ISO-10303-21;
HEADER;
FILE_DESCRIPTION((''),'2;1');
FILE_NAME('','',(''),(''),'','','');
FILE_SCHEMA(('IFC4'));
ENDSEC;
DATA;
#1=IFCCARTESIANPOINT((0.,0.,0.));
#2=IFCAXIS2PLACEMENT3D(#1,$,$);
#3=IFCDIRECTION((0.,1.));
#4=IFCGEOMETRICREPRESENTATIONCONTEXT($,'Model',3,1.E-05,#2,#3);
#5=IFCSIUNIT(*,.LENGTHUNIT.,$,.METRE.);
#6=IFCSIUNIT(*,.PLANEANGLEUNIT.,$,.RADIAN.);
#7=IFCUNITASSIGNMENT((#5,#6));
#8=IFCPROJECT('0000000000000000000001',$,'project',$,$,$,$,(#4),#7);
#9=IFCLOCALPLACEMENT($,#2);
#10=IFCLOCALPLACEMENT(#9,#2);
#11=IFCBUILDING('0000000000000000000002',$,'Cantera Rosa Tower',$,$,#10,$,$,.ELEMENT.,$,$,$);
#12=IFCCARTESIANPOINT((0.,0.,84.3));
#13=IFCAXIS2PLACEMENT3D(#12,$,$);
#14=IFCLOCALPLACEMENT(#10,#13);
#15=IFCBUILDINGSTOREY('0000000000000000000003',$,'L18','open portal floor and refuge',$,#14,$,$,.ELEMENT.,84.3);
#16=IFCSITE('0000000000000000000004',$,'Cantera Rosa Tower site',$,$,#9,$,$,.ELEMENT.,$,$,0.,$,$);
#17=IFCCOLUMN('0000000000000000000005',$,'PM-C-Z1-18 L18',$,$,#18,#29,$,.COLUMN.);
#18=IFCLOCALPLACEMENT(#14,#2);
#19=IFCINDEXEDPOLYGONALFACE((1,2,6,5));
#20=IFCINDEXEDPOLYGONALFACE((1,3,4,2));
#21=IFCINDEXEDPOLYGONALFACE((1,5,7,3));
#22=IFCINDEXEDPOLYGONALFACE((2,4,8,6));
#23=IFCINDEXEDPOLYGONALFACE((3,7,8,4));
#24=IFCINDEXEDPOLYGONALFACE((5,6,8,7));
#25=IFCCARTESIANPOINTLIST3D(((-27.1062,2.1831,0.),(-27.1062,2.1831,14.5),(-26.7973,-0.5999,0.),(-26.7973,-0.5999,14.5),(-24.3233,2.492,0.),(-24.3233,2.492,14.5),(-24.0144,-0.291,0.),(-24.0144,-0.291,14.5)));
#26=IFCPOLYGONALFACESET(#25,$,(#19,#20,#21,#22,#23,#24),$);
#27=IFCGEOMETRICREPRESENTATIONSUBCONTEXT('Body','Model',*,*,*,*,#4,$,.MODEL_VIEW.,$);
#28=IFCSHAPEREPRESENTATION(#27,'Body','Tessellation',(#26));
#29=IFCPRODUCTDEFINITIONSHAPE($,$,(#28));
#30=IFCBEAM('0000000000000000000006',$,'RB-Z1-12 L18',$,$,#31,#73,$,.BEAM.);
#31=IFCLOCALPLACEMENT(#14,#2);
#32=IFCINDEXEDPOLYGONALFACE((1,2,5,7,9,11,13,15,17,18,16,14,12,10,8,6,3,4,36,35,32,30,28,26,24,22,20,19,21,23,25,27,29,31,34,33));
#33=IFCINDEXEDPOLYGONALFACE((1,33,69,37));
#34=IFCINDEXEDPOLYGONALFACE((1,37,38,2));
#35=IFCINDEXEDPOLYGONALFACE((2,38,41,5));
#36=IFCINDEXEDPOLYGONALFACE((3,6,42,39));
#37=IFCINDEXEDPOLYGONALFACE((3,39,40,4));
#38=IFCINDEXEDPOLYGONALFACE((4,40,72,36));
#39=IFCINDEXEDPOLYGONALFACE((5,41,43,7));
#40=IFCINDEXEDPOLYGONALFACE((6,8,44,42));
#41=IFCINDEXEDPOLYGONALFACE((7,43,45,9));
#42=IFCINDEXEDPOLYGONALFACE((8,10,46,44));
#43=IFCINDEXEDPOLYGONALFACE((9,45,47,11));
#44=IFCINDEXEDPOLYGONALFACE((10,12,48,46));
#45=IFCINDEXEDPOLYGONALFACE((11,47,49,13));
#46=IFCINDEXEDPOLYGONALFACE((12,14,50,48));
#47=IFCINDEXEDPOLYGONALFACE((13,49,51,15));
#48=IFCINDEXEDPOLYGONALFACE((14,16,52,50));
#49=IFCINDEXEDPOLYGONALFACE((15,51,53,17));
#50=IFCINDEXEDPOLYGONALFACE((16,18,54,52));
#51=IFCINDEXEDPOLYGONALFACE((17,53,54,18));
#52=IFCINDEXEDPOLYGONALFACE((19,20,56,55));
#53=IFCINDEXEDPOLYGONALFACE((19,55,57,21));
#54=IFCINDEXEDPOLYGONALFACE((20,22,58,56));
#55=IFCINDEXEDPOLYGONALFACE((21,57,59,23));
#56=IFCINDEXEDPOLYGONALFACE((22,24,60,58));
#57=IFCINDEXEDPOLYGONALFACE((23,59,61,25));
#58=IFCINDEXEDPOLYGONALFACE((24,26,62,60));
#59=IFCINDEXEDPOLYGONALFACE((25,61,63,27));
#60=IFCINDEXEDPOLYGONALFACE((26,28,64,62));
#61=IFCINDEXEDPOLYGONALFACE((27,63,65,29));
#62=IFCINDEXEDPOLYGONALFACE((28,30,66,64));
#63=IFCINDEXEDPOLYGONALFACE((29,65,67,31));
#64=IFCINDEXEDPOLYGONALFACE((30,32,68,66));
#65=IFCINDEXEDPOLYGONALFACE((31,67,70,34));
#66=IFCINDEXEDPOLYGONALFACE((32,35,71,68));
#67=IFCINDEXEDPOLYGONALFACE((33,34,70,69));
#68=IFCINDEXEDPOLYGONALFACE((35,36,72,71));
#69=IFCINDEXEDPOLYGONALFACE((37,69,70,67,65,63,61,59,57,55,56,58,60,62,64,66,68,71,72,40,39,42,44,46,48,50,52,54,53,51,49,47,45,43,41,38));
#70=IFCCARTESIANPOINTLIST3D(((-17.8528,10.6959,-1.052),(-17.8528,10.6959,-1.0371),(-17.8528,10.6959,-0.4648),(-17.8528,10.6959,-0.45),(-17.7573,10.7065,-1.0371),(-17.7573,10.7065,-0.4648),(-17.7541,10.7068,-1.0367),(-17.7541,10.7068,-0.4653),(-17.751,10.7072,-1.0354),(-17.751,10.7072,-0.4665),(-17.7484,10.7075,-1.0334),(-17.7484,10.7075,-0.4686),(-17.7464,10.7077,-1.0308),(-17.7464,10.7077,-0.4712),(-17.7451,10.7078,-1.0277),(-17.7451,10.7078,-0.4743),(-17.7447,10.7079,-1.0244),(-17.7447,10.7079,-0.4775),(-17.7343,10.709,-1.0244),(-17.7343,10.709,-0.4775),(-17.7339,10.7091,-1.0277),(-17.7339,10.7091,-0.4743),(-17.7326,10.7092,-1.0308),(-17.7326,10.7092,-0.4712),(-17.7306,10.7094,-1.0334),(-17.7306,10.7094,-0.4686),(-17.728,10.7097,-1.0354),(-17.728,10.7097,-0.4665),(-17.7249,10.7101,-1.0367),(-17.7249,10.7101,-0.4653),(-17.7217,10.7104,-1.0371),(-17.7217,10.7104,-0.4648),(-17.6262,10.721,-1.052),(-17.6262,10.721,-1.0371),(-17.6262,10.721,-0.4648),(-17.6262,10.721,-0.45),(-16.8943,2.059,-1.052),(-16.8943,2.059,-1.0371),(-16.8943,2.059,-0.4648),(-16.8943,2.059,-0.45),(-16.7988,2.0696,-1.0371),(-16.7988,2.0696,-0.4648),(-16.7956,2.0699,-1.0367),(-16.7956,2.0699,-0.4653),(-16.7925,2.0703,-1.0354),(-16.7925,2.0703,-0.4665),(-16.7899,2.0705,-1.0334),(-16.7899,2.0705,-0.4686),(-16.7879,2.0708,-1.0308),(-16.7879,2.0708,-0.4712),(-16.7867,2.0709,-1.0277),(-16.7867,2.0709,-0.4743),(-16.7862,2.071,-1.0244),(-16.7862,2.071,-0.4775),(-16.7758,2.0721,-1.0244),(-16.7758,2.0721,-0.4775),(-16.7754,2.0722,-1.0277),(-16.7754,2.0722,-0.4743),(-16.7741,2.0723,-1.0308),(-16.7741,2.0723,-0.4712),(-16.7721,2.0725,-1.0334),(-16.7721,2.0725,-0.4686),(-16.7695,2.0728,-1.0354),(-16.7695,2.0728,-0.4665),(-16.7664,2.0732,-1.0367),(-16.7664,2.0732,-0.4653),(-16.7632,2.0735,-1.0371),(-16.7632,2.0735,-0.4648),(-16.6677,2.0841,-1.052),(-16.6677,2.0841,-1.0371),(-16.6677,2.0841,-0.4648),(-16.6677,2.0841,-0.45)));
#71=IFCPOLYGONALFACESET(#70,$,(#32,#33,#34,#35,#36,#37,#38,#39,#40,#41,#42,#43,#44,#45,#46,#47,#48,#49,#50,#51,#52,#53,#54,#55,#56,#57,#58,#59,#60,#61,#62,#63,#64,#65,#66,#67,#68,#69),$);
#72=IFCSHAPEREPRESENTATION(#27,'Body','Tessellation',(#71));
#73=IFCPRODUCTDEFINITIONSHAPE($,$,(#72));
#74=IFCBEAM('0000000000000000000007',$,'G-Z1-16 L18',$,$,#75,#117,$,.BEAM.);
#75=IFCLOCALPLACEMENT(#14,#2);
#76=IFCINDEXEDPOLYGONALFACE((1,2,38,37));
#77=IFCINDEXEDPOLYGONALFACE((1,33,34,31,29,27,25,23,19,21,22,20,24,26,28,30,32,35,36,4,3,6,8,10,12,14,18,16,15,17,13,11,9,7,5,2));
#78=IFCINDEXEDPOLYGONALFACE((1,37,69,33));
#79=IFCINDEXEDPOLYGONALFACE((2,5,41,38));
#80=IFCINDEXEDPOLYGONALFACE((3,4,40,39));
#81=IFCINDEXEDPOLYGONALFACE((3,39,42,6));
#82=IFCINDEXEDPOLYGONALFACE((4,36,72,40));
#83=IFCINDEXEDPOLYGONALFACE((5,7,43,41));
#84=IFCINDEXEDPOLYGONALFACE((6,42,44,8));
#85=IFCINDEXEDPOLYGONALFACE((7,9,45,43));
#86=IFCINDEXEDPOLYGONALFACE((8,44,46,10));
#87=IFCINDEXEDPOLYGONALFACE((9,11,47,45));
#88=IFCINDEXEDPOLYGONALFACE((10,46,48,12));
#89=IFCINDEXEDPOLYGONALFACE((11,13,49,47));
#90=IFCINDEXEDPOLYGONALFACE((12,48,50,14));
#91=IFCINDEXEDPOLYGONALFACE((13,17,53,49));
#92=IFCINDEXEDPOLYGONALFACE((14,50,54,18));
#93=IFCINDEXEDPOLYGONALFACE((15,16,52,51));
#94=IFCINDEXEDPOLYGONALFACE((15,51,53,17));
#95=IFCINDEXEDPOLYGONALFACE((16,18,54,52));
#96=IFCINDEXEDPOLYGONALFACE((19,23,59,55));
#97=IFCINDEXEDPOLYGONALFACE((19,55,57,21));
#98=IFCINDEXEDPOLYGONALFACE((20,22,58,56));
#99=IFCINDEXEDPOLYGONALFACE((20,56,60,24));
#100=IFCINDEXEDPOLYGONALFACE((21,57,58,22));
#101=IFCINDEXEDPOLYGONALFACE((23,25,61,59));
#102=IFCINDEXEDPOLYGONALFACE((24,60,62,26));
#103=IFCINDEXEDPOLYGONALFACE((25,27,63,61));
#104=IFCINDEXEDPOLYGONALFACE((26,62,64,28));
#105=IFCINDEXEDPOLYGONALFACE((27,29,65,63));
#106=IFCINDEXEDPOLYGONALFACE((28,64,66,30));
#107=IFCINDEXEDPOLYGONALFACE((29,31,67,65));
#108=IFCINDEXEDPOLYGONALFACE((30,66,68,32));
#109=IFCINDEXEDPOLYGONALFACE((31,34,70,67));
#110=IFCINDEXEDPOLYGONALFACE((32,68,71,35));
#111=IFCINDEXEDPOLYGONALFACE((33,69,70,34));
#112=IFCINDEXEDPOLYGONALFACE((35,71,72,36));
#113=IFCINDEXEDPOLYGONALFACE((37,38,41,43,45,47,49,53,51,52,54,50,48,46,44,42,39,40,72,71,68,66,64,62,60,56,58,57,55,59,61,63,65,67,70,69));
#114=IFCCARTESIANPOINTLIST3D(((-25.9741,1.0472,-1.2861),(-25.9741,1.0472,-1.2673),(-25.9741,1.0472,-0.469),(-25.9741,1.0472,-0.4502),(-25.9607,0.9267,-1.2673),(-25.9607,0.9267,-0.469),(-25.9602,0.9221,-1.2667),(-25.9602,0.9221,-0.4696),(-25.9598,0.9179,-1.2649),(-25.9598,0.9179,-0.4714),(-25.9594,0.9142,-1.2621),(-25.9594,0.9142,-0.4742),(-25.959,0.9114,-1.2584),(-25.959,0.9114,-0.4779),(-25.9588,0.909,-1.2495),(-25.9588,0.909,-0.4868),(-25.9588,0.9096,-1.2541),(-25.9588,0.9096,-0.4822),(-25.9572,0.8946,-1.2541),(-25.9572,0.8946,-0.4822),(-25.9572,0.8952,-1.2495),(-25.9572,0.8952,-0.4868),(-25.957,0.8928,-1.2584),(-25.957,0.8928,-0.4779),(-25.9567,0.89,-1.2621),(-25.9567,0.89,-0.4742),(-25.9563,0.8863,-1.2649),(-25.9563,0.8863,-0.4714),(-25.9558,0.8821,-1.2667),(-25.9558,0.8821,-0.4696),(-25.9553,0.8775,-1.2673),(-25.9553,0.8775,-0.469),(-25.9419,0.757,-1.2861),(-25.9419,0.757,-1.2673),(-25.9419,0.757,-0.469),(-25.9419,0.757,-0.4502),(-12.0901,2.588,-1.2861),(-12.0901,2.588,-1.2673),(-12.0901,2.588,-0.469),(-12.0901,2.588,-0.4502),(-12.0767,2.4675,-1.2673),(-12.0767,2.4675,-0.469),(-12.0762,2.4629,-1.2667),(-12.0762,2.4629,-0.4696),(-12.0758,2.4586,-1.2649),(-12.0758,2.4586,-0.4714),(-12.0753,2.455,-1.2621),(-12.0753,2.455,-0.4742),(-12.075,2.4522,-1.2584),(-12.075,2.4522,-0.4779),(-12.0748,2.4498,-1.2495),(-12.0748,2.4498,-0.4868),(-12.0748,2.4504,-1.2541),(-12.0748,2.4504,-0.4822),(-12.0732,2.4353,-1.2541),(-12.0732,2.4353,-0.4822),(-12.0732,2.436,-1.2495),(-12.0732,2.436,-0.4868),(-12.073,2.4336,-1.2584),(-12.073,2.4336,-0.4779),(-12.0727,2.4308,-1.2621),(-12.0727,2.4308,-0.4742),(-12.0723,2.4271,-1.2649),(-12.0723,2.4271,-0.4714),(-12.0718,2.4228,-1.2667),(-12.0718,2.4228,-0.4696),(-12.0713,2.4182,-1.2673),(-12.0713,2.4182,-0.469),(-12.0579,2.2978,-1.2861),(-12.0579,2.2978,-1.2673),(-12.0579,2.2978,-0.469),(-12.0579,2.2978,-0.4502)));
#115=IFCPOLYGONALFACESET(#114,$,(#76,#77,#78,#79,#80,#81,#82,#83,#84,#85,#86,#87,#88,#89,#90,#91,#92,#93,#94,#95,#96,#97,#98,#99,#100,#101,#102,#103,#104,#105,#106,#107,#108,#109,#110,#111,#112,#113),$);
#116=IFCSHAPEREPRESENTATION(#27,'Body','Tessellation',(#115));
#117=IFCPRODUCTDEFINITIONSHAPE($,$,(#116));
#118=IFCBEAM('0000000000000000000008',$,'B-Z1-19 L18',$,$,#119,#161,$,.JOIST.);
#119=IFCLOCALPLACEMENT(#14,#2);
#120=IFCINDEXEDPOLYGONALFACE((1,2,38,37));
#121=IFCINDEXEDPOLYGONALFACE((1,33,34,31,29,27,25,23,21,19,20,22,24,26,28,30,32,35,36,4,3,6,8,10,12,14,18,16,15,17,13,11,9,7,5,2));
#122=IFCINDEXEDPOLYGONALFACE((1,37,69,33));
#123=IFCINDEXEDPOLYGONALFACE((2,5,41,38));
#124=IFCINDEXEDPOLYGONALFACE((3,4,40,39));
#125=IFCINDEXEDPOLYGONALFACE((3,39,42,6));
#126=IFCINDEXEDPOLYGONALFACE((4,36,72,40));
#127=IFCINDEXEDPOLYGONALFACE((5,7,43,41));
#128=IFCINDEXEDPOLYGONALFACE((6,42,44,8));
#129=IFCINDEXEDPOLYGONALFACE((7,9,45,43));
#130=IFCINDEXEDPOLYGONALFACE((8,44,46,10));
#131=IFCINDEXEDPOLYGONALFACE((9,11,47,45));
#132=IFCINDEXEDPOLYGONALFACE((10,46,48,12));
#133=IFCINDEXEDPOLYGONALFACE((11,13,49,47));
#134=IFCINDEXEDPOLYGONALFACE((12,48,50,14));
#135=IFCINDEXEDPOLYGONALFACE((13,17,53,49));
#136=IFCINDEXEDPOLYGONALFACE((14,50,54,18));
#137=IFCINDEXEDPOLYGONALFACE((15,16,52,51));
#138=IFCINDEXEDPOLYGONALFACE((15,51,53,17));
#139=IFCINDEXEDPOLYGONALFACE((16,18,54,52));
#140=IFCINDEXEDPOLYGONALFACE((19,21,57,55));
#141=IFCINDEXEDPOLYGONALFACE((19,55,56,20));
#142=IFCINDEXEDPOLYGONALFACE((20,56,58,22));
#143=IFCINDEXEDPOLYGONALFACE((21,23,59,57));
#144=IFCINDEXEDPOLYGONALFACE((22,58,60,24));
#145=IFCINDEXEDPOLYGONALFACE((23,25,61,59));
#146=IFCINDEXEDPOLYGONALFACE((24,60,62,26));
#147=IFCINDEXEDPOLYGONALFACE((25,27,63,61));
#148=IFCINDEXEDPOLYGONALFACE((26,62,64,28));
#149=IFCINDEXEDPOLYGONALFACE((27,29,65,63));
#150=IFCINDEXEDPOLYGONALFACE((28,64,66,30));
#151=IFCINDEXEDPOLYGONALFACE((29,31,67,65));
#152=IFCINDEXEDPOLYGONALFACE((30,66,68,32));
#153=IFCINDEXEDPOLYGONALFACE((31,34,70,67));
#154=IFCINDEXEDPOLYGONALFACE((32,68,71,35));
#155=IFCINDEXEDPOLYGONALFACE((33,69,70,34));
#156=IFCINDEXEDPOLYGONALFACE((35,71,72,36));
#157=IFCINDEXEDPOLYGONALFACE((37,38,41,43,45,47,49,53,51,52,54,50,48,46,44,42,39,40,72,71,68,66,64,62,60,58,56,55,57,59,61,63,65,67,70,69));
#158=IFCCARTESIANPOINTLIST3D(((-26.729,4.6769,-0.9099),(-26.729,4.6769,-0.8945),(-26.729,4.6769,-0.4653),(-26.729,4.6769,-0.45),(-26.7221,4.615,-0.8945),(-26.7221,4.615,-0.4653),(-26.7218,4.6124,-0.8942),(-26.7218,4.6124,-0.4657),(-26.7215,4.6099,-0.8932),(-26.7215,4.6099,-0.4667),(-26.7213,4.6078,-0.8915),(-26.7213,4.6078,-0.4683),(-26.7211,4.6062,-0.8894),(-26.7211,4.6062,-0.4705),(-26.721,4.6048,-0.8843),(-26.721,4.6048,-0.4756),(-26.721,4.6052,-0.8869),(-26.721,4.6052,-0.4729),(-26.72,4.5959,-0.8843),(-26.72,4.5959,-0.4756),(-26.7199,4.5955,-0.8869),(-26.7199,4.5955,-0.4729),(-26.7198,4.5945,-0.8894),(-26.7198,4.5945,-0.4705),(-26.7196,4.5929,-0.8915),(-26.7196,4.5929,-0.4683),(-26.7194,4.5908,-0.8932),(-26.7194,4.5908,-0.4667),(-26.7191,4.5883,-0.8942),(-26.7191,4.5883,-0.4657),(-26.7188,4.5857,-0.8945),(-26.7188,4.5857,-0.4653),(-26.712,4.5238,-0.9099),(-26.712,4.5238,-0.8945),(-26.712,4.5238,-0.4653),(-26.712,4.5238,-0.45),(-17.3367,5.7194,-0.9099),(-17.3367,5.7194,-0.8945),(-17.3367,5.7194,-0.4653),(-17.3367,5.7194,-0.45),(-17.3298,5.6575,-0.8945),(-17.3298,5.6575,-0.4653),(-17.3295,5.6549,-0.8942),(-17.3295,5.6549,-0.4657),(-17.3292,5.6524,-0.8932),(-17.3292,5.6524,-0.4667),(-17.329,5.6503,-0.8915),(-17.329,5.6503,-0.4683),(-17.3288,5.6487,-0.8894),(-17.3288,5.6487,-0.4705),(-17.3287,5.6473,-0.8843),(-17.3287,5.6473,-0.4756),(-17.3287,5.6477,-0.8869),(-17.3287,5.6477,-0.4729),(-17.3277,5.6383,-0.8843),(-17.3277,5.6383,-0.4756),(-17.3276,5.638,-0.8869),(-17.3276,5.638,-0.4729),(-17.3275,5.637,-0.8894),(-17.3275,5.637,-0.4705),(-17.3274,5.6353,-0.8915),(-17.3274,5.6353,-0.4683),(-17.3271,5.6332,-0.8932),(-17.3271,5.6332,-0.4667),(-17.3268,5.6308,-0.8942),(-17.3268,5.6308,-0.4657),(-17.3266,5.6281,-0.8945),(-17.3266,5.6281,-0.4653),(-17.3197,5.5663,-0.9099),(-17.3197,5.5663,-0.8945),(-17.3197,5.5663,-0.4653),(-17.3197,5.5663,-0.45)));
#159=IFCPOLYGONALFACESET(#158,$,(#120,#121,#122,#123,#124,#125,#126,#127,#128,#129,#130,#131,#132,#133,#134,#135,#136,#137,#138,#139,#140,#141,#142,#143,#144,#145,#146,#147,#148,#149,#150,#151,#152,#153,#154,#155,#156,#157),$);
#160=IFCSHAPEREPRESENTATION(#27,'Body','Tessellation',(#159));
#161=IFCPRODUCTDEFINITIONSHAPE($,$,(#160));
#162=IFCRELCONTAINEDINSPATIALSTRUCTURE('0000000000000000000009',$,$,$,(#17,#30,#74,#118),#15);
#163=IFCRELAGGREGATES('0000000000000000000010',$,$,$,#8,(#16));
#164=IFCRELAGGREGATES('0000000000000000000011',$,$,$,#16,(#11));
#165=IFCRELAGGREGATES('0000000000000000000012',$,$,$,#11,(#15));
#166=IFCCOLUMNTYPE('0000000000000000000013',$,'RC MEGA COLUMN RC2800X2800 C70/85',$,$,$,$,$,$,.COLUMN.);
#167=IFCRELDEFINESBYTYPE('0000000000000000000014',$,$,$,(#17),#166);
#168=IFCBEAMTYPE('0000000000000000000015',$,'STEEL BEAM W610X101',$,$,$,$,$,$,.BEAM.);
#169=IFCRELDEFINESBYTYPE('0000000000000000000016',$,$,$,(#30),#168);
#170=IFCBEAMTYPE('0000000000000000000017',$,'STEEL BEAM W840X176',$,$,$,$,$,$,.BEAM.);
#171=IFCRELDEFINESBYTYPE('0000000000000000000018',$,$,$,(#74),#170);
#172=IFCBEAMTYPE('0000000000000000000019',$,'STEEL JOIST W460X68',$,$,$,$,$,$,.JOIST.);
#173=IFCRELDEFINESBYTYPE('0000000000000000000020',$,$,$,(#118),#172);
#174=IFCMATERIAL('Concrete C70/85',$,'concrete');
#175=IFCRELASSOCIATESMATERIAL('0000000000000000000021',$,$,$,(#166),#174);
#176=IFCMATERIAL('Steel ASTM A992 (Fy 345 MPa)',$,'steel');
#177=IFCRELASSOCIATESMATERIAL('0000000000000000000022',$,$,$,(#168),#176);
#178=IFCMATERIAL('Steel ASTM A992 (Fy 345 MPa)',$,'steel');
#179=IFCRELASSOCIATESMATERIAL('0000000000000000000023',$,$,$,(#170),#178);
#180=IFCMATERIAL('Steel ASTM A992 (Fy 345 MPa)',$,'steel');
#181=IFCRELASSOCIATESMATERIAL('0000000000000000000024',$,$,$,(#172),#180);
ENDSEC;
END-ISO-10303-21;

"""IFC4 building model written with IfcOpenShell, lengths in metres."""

from ifc_helpers import new_model, si_unit, direction, frame, origin, origin_2d, place, context, subcontext, project, spatial, rectangle, i_section, extrude, material, material_profile, profile_set, type_object, element, save


model = new_model("IFC4")

# Units and contexts
model_context = context("Model", 3, precision=1e-05, world=origin(), true_north=direction((0.0, 1.0)))
body_context = subcontext(model_context, "Body", "Model", "MODEL_VIEW")
ifc_project = project(units=[si_unit("LENGTHUNIT", "METRE"), si_unit("PLANEANGLEUNIT", "RADIAN")], contexts=[model_context])

# Site, building, storey
site_placement = place(None, origin())
site = spatial("IfcSite", under=ifc_project, at=site_placement, Name="Cantera Rosa Tower site", CompositionType="ELEMENT", RefElevation=0.0)
building_placement = place(site_placement, origin())
building = spatial("IfcBuilding", under=site, at=building_placement, Name="Cantera Rosa Tower", CompositionType="ELEMENT")
storey_placement = place(building_placement, frame((0.0, 0.0, 84.3)))
storey = spatial("IfcBuildingStorey", under=building, at=storey_placement, Name="L18", Description="open portal floor and refuge", CompositionType="ELEMENT", Elevation=84.3)

# Column
ifc_material_1 = material(Name="Concrete C70/85", Category="concrete")
ifc_material_profile_1 = material_profile(ifc_material_1, rectangle(XDim=2.8, YDim=2.8, at=origin_2d()), Name="RC MEGA COLUMN RC2800X2800 C70/85")
ifc_profile_set_1 = profile_set([ifc_material_profile_1], Name="Concrete C70/85")
column_type = type_object("IfcColumnType", Name="RC MEGA COLUMN RC2800X2800 C70/85", PredefinedType="COLUMN", material=ifc_profile_set_1)
column_placement = place(storey_placement, frame((-25.5603, 0.946, 0.0), z_axis=(0.0, 0.0, 1.0), x_axis=(0.993897, 0.110313, 0.0)))
element("IfcColumn", 1, at=column_placement, inside=storey, type_object=column_type, Name="PM-C-Z1-18 L18", PredefinedType="COLUMN", context=body_context, shape_type="SweptSolid", body=[
    extrude(rectangle(XDim=2.8, YDim=2.8, at=origin_2d()), origin(), (0.0, 0.0, 1.0), 14.5),
])

# Beams
ifc_material_2 = material(Name="Steel ASTM A992 (Fy 345 MPa)", Category="steel")
ifc_material_profile_2 = material_profile(ifc_material_2, i_section(OverallWidth=0.228, OverallDepth=0.6021, WebThickness=0.0105, FlangeThickness=0.0149, FilletRadius=0.0127, at=origin_2d()), Name="W610X101")
ifc_profile_set_2 = profile_set([ifc_material_profile_2], Name="Steel ASTM A992 (Fy 345 MPa)")
beam_type_1 = type_object("IfcBeamType", Name="STEEL BEAM W610X101", PredefinedType="BEAM", material=ifc_profile_set_2)
beam_1_placement = place(storey_placement, frame((-16.781, 2.0715, -0.751), z_axis=(-0.110299, 0.993898, 0.0), x_axis=(-0.993898, -0.110299, 0.0)))
element("IfcBeam", 2, at=beam_1_placement, inside=storey, type_object=beam_type_1, Name="RB-Z1-12 L18", PredefinedType="BEAM", context=body_context, shape_type="SweptSolid", body=[
    extrude(i_section(OverallWidth=0.228, OverallDepth=0.6021, WebThickness=0.0105, FlangeThickness=0.0149, FilletRadius=0.0127, at=origin_2d()), origin(), (0.0, 0.0, 1.0), 8.6899),
])
ifc_material_3 = material(Name="Steel ASTM A992 (Fy 345 MPa)", Category="steel")
ifc_material_profile_3 = material_profile(ifc_material_3, i_section(OverallWidth=0.292, OverallDepth=0.8359, WebThickness=0.0139, FlangeThickness=0.0188, FilletRadius=0.0178, at=origin_2d()), Name="W840X176")
ifc_profile_set_3 = profile_set([ifc_material_profile_3], Name="Steel ASTM A992 (Fy 345 MPa)")
beam_type_2 = type_object("IfcBeamType", Name="STEEL BEAM W840X176", PredefinedType="BEAM", material=ifc_profile_set_3)
beam_2_placement = place(storey_placement, frame((-25.958, 0.9021, -0.8682), z_axis=(0.993899, 0.110297, 0.0), x_axis=(-0.110297, 0.993899, 0.0)))
element("IfcBeam", 3, at=beam_2_placement, inside=storey, type_object=beam_type_2, Name="G-Z1-16 L18", PredefinedType="BEAM", context=body_context, shape_type="SweptSolid", body=[
    extrude(i_section(OverallWidth=0.292, OverallDepth=0.8359, WebThickness=0.0139, FlangeThickness=0.0188, FilletRadius=0.0178, at=origin_2d()), origin(), (0.0, 0.0, 1.0), 13.9692),
])
ifc_material_4 = material(Name="Steel ASTM A992 (Fy 345 MPa)", Category="steel")
ifc_material_profile_4 = material_profile(ifc_material_4, i_section(OverallWidth=0.1541, OverallDepth=0.46, WebThickness=0.009, FlangeThickness=0.0154, FilletRadius=0.0103, at=origin_2d()), Name="W460X68")
ifc_profile_set_4 = profile_set([ifc_material_profile_4], Name="Steel ASTM A992 (Fy 345 MPa)")
beam_type_3 = type_object("IfcBeamType", Name="STEEL JOIST W460X68", PredefinedType="JOIST", material=ifc_profile_set_4)
beam_3_placement = place(storey_placement, frame((-26.7205, 4.6003, -0.6799), z_axis=(0.993897, 0.110315, 0.0), x_axis=(-0.110315, 0.993897, 0.0)))
element("IfcBeam", 4, at=beam_3_placement, inside=storey, type_object=beam_type_3, Name="B-Z1-19 L18", PredefinedType="JOIST", context=body_context, shape_type="SweptSolid", body=[
    extrude(i_section(OverallWidth=0.1541, OverallDepth=0.46, WebThickness=0.009, FlangeThickness=0.0154, FilletRadius=0.0103, at=origin_2d()), origin(), (0.0, 0.0, 1.0), 9.45),
])

save(model, "model.ifc")
